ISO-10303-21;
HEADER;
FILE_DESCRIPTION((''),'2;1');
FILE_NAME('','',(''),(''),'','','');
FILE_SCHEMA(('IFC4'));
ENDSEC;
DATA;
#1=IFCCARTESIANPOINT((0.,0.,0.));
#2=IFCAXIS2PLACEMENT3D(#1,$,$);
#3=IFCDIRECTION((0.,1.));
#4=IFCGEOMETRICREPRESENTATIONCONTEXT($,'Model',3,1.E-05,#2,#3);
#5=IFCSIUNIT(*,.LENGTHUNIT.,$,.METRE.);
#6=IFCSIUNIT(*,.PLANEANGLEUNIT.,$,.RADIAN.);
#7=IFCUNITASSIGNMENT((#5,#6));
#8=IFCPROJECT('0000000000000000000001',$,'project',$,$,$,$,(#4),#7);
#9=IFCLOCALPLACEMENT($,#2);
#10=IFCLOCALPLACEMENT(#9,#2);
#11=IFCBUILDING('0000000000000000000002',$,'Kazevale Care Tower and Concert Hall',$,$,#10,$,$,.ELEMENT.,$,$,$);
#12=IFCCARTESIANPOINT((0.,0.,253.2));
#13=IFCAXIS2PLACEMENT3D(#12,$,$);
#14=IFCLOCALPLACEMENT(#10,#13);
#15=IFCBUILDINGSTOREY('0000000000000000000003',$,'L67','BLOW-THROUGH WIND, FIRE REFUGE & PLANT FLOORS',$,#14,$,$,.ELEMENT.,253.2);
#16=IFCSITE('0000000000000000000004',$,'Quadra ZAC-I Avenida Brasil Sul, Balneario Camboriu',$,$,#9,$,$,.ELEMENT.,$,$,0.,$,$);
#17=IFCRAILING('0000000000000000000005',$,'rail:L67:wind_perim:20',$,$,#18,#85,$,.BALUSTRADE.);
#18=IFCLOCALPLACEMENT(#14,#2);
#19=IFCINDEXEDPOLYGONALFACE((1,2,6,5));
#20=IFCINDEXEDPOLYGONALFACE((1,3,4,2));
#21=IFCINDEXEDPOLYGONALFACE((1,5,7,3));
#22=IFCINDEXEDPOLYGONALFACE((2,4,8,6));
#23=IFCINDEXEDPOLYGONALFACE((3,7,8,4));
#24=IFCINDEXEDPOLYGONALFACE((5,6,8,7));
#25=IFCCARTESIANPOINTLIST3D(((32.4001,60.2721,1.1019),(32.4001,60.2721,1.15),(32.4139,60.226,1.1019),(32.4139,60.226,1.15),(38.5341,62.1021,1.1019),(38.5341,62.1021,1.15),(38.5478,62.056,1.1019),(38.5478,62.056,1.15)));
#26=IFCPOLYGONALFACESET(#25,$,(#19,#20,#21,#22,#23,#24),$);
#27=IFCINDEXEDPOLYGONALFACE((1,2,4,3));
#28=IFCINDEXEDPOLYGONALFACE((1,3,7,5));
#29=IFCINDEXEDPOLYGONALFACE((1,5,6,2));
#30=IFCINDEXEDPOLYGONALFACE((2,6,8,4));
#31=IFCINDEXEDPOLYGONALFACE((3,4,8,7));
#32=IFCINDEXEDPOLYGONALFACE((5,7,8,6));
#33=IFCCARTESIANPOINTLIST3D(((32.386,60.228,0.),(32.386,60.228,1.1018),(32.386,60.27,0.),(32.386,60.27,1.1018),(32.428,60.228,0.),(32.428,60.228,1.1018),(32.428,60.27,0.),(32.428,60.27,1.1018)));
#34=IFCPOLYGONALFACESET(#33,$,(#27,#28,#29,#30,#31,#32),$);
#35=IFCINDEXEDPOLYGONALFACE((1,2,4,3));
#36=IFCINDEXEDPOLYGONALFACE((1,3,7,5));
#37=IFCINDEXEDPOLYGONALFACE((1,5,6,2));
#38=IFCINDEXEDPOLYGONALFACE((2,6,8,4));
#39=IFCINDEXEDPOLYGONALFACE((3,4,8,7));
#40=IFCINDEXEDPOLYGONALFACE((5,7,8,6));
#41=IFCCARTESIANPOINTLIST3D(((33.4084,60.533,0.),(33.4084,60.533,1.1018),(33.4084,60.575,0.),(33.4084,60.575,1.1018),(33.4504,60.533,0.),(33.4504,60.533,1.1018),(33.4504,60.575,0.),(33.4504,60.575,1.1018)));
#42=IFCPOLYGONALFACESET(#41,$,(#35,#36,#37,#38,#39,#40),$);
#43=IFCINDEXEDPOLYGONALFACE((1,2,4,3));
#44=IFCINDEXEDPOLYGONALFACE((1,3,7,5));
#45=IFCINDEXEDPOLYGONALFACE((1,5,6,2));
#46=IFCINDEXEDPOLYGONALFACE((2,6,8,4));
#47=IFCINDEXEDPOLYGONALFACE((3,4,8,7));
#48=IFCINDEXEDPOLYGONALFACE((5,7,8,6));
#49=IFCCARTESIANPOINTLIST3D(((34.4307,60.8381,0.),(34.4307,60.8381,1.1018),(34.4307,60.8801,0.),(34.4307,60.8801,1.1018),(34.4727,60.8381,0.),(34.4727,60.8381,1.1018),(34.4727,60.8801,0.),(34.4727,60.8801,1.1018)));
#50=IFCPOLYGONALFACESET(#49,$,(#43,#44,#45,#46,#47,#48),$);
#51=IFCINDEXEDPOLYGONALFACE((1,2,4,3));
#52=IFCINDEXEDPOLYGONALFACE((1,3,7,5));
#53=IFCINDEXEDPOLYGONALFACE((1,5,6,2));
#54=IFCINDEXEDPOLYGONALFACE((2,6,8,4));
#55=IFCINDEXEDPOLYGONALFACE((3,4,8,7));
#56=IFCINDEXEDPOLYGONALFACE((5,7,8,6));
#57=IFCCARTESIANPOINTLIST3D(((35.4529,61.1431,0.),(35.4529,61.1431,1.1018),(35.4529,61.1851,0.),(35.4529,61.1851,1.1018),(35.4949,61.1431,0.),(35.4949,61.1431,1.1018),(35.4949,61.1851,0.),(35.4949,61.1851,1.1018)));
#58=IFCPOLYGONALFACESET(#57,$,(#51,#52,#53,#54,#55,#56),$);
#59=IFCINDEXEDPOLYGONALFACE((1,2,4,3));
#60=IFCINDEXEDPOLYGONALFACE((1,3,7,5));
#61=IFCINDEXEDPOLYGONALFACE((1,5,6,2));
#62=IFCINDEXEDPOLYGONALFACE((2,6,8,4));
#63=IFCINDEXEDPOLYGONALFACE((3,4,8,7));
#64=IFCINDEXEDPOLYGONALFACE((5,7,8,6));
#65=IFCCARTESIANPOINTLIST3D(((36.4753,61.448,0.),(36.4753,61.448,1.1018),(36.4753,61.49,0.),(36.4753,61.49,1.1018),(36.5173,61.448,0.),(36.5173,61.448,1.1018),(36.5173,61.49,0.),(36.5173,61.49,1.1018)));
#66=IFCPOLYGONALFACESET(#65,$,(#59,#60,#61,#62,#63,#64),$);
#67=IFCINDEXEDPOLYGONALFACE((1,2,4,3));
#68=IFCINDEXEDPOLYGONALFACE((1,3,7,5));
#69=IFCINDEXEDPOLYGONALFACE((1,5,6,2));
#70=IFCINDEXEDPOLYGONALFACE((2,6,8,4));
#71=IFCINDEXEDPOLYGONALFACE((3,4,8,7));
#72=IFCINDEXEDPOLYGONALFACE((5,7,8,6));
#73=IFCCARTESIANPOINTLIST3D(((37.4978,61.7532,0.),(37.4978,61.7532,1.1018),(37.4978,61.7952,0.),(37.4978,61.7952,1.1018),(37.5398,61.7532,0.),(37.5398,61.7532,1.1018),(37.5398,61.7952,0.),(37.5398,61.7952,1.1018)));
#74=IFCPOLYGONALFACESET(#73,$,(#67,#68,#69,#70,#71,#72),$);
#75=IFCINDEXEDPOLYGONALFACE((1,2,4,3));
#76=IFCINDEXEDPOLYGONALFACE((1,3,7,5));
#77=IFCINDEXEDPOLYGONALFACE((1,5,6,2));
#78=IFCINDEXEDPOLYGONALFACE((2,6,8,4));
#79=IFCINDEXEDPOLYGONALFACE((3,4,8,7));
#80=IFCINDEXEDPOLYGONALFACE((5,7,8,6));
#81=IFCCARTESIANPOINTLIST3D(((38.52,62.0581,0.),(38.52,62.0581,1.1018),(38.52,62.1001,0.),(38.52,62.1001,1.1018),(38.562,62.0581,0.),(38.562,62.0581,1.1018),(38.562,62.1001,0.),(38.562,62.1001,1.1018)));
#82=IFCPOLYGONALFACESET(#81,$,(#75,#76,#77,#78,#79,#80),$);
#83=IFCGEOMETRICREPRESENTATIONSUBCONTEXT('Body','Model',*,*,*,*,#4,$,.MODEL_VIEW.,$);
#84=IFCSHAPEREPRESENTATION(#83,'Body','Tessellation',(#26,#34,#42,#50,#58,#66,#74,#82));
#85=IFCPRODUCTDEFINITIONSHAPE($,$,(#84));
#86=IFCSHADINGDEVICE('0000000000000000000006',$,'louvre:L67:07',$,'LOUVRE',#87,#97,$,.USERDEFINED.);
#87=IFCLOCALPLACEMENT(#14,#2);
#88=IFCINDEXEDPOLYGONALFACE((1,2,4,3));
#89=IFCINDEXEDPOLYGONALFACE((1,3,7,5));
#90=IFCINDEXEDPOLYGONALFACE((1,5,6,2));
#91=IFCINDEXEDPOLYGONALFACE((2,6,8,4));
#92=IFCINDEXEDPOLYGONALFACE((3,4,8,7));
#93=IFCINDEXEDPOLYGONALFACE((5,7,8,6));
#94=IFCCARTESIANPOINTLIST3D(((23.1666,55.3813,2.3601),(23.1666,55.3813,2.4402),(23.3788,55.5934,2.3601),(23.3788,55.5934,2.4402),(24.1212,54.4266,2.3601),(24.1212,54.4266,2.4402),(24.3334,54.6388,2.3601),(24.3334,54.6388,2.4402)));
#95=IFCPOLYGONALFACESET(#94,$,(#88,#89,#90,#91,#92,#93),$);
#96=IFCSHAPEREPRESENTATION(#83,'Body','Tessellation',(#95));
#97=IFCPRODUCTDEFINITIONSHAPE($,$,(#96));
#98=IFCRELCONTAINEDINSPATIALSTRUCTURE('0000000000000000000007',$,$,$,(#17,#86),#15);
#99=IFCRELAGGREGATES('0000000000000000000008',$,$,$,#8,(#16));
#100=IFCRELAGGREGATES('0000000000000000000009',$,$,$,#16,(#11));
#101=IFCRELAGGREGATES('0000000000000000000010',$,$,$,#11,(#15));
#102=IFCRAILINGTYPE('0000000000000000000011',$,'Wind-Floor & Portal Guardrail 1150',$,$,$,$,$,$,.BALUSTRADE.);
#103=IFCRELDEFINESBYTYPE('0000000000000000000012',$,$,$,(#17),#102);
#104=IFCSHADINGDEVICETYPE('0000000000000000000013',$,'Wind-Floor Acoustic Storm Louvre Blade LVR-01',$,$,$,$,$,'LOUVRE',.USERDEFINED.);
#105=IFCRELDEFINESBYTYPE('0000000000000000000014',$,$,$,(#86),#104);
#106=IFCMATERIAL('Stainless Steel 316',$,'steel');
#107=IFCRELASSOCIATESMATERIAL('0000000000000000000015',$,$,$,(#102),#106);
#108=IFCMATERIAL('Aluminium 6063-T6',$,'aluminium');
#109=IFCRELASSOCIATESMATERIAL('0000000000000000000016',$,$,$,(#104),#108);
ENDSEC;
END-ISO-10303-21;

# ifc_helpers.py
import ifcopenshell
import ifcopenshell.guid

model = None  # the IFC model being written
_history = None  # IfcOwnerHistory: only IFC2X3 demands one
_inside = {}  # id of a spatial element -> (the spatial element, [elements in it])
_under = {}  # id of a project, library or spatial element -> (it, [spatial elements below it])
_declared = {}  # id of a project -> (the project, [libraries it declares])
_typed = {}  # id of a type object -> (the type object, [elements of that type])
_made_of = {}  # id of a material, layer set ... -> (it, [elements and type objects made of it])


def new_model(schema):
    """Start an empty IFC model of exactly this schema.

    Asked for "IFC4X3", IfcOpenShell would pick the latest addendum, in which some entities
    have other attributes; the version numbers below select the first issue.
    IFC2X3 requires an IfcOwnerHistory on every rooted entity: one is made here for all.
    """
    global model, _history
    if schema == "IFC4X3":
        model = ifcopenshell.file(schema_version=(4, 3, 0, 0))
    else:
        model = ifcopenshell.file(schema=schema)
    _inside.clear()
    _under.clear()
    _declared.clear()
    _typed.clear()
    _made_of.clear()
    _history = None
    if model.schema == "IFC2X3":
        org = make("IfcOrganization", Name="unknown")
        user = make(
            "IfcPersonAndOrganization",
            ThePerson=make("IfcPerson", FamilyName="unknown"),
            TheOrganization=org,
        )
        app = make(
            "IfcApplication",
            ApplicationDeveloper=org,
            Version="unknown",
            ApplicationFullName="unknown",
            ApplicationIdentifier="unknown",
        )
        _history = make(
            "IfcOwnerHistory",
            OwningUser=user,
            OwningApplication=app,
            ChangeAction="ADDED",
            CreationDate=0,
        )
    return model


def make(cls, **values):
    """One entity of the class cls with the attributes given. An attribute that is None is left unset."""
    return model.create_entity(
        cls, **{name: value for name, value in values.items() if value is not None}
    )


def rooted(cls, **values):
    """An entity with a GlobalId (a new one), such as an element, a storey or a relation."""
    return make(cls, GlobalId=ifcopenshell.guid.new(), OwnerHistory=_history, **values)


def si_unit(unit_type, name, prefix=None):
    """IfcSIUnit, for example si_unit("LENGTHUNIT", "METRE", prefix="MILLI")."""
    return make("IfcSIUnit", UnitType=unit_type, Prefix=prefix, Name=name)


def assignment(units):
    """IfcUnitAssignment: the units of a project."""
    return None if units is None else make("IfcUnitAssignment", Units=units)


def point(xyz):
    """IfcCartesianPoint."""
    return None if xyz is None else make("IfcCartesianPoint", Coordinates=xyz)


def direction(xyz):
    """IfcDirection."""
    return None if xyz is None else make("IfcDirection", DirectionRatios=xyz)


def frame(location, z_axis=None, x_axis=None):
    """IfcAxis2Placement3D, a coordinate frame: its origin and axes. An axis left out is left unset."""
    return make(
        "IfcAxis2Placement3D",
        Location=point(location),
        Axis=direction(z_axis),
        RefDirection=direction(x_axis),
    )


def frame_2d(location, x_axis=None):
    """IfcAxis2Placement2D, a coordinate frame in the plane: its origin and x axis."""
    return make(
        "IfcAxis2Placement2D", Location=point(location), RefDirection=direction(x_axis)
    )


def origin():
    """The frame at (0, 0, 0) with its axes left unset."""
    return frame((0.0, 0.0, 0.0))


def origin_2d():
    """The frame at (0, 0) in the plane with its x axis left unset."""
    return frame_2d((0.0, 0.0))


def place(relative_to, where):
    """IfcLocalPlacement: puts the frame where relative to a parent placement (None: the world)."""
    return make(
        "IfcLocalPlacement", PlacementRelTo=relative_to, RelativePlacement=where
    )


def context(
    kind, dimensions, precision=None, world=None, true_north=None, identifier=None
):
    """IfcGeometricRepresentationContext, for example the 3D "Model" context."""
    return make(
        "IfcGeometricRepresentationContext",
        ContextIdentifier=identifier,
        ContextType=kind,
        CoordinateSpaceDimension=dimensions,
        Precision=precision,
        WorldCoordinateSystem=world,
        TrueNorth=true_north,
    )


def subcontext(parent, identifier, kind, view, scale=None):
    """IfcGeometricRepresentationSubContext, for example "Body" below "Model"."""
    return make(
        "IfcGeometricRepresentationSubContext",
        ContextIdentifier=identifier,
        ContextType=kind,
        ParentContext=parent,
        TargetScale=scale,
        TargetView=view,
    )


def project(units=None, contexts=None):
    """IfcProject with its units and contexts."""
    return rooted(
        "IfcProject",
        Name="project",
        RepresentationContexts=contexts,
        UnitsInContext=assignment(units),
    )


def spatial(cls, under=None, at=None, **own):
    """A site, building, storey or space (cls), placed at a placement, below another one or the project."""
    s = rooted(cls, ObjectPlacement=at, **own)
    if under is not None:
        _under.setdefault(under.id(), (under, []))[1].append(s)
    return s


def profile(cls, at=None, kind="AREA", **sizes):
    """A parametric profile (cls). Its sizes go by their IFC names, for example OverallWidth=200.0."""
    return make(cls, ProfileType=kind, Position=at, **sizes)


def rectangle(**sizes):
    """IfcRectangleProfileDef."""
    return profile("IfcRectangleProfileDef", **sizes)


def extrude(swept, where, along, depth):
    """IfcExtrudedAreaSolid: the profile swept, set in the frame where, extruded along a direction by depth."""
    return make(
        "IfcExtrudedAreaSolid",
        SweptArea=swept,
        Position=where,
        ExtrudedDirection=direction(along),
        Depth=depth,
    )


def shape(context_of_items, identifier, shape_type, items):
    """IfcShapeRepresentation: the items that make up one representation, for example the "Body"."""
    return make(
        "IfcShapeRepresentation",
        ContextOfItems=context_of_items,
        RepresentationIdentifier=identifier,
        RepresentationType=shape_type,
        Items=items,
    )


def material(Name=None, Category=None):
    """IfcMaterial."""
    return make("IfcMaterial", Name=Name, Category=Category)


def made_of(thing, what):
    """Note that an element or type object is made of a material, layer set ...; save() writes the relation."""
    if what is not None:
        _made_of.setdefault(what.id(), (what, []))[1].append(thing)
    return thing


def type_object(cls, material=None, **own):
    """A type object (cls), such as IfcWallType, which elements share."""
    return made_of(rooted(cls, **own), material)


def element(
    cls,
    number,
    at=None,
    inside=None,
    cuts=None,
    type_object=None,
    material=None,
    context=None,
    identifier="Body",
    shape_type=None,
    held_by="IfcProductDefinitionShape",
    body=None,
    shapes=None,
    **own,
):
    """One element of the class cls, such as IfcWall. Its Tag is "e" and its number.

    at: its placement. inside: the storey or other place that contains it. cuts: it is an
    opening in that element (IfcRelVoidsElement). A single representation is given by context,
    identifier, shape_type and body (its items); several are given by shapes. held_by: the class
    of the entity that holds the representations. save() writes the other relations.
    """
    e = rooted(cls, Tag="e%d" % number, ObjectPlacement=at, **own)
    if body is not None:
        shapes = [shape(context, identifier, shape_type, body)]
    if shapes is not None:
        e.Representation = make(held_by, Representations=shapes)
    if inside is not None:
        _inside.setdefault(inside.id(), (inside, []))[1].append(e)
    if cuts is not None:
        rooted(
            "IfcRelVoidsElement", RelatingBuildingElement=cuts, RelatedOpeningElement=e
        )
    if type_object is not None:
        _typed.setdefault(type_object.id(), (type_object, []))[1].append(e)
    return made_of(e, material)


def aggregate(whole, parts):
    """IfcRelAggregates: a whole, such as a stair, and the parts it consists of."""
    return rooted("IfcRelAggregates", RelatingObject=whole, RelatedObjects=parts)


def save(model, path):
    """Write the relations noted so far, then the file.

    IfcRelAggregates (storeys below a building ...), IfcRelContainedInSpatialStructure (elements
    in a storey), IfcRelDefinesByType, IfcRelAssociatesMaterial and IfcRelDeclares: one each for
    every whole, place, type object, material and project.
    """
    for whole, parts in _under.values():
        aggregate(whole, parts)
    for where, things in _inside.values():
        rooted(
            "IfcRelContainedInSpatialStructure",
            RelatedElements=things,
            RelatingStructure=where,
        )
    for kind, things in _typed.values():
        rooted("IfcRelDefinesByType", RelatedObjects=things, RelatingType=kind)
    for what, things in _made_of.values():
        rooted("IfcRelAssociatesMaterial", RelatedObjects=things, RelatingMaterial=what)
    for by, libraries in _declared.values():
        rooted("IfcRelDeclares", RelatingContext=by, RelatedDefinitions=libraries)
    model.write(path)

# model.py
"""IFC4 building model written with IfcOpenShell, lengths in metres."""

from ifc_helpers import new_model, si_unit, direction, frame, origin, origin_2d, place, context, subcontext, project, spatial, rectangle, extrude, material, type_object, element, save


model = new_model("IFC4")

# Units and contexts
model_context = context("Model", 3, precision=1e-05, world=origin(), true_north=direction((0.0, 1.0)))
body_context = subcontext(model_context, "Body", "Model", "MODEL_VIEW")
ifc_project = project(units=[si_unit("LENGTHUNIT", "METRE"), si_unit("PLANEANGLEUNIT", "RADIAN")], contexts=[model_context])

# Site, building, storey
site_placement = place(None, origin())
site = spatial("IfcSite", under=ifc_project, at=site_placement, Name="Quadra ZAC-I Avenida Brasil Sul, Balneario Camboriu", CompositionType="ELEMENT", RefElevation=0.0)
building_placement = place(site_placement, origin())
building = spatial("IfcBuilding", under=site, at=building_placement, Name="Kazevale Care Tower and Concert Hall", CompositionType="ELEMENT")
storey_placement = place(building_placement, frame((0.0, 0.0, 253.2)))
storey = spatial("IfcBuildingStorey", under=building, at=storey_placement, Name="L67", Description="BLOW-THROUGH WIND, FIRE REFUGE & PLANT FLOORS", CompositionType="ELEMENT", Elevation=253.2)

# Railing
ifc_material_1 = material(Name="Stainless Steel 316", Category="steel")
railing_type = type_object("IfcRailingType", Name="Wind-Floor & Portal Guardrail 1150", PredefinedType="BALUSTRADE", material=ifc_material_1)
railing_1_placement = place(storey_placement, frame((32.407, 60.249, 0.0)))
element("IfcRailing", 1, at=railing_1_placement, inside=storey, type_object=railing_type, Name="rail:L67:wind_perim:20", PredefinedType="BALUSTRADE", context=body_context, shape_type="SweptSolid", body=[
    extrude(rectangle(XDim=0.0481, YDim=0.0481, at=origin_2d()), frame((0.0, 0.0, 1.126), z_axis=(0.958261, 0.285895, 0.0), x_axis=(-0.285895, 0.958261, 0.0)), (0.0, 0.0, 1.0), 6.4011),
    extrude(rectangle(XDim=0.042, YDim=0.042, at=origin_2d()), origin(), (0.0, 0.0, 1.0), 1.1018),
    extrude(rectangle(XDim=0.042, YDim=0.042, at=origin_2d()), frame((1.0225, 0.3049, 0.0)), (0.0, 0.0, 1.0), 1.1018),
    extrude(rectangle(XDim=0.042, YDim=0.042, at=origin_2d()), frame((2.0447, 0.6101, 0.0)), (0.0, 0.0, 1.0), 1.1018),
    extrude(rectangle(XDim=0.042, YDim=0.042, at=origin_2d()), frame((3.0669, 0.915, 0.0)), (0.0, 0.0, 1.0), 1.1018),
    extrude(rectangle(XDim=0.042, YDim=0.042, at=origin_2d()), frame((4.0894, 1.22, 0.0)), (0.0, 0.0, 1.0), 1.1018),
    extrude(rectangle(XDim=0.042, YDim=0.042, at=origin_2d()), frame((5.1118, 1.5251, 0.0)), (0.0, 0.0, 1.0), 1.1018),
    extrude(rectangle(XDim=0.042, YDim=0.042, at=origin_2d()), frame((6.134, 1.8301, 0.0)), (0.0, 0.0, 1.0), 1.1018),
])

# Shading device
ifc_material_2 = material(Name="Aluminium 6063-T6", Category="aluminium")
shading_device_type = type_object("IfcShadingDeviceType", Name="Wind-Floor Acoustic Storm Louvre Blade LVR-01", ElementType="LOUVRE", PredefinedType="USERDEFINED", material=ifc_material_2)
shading_device_placement = place(storey_placement, frame((23.75, 55.01, 2.3601), z_axis=(0.0, 0.0, 1.0), x_axis=(-0.707107, 0.707107, 0.0)))
element("IfcShadingDevice", 2, at=shading_device_placement, inside=storey, type_object=shading_device_type, Name="louvre:L67:07", ObjectType="LOUVRE", PredefinedType="USERDEFINED", context=body_context, shape_type="SweptSolid", body=[
    extrude(rectangle(XDim=1.3501, YDim=0.3, at=origin_2d()), origin(), (0.0, 0.0, 1.0), 0.0801),
])

save(model, "model.ifc")
